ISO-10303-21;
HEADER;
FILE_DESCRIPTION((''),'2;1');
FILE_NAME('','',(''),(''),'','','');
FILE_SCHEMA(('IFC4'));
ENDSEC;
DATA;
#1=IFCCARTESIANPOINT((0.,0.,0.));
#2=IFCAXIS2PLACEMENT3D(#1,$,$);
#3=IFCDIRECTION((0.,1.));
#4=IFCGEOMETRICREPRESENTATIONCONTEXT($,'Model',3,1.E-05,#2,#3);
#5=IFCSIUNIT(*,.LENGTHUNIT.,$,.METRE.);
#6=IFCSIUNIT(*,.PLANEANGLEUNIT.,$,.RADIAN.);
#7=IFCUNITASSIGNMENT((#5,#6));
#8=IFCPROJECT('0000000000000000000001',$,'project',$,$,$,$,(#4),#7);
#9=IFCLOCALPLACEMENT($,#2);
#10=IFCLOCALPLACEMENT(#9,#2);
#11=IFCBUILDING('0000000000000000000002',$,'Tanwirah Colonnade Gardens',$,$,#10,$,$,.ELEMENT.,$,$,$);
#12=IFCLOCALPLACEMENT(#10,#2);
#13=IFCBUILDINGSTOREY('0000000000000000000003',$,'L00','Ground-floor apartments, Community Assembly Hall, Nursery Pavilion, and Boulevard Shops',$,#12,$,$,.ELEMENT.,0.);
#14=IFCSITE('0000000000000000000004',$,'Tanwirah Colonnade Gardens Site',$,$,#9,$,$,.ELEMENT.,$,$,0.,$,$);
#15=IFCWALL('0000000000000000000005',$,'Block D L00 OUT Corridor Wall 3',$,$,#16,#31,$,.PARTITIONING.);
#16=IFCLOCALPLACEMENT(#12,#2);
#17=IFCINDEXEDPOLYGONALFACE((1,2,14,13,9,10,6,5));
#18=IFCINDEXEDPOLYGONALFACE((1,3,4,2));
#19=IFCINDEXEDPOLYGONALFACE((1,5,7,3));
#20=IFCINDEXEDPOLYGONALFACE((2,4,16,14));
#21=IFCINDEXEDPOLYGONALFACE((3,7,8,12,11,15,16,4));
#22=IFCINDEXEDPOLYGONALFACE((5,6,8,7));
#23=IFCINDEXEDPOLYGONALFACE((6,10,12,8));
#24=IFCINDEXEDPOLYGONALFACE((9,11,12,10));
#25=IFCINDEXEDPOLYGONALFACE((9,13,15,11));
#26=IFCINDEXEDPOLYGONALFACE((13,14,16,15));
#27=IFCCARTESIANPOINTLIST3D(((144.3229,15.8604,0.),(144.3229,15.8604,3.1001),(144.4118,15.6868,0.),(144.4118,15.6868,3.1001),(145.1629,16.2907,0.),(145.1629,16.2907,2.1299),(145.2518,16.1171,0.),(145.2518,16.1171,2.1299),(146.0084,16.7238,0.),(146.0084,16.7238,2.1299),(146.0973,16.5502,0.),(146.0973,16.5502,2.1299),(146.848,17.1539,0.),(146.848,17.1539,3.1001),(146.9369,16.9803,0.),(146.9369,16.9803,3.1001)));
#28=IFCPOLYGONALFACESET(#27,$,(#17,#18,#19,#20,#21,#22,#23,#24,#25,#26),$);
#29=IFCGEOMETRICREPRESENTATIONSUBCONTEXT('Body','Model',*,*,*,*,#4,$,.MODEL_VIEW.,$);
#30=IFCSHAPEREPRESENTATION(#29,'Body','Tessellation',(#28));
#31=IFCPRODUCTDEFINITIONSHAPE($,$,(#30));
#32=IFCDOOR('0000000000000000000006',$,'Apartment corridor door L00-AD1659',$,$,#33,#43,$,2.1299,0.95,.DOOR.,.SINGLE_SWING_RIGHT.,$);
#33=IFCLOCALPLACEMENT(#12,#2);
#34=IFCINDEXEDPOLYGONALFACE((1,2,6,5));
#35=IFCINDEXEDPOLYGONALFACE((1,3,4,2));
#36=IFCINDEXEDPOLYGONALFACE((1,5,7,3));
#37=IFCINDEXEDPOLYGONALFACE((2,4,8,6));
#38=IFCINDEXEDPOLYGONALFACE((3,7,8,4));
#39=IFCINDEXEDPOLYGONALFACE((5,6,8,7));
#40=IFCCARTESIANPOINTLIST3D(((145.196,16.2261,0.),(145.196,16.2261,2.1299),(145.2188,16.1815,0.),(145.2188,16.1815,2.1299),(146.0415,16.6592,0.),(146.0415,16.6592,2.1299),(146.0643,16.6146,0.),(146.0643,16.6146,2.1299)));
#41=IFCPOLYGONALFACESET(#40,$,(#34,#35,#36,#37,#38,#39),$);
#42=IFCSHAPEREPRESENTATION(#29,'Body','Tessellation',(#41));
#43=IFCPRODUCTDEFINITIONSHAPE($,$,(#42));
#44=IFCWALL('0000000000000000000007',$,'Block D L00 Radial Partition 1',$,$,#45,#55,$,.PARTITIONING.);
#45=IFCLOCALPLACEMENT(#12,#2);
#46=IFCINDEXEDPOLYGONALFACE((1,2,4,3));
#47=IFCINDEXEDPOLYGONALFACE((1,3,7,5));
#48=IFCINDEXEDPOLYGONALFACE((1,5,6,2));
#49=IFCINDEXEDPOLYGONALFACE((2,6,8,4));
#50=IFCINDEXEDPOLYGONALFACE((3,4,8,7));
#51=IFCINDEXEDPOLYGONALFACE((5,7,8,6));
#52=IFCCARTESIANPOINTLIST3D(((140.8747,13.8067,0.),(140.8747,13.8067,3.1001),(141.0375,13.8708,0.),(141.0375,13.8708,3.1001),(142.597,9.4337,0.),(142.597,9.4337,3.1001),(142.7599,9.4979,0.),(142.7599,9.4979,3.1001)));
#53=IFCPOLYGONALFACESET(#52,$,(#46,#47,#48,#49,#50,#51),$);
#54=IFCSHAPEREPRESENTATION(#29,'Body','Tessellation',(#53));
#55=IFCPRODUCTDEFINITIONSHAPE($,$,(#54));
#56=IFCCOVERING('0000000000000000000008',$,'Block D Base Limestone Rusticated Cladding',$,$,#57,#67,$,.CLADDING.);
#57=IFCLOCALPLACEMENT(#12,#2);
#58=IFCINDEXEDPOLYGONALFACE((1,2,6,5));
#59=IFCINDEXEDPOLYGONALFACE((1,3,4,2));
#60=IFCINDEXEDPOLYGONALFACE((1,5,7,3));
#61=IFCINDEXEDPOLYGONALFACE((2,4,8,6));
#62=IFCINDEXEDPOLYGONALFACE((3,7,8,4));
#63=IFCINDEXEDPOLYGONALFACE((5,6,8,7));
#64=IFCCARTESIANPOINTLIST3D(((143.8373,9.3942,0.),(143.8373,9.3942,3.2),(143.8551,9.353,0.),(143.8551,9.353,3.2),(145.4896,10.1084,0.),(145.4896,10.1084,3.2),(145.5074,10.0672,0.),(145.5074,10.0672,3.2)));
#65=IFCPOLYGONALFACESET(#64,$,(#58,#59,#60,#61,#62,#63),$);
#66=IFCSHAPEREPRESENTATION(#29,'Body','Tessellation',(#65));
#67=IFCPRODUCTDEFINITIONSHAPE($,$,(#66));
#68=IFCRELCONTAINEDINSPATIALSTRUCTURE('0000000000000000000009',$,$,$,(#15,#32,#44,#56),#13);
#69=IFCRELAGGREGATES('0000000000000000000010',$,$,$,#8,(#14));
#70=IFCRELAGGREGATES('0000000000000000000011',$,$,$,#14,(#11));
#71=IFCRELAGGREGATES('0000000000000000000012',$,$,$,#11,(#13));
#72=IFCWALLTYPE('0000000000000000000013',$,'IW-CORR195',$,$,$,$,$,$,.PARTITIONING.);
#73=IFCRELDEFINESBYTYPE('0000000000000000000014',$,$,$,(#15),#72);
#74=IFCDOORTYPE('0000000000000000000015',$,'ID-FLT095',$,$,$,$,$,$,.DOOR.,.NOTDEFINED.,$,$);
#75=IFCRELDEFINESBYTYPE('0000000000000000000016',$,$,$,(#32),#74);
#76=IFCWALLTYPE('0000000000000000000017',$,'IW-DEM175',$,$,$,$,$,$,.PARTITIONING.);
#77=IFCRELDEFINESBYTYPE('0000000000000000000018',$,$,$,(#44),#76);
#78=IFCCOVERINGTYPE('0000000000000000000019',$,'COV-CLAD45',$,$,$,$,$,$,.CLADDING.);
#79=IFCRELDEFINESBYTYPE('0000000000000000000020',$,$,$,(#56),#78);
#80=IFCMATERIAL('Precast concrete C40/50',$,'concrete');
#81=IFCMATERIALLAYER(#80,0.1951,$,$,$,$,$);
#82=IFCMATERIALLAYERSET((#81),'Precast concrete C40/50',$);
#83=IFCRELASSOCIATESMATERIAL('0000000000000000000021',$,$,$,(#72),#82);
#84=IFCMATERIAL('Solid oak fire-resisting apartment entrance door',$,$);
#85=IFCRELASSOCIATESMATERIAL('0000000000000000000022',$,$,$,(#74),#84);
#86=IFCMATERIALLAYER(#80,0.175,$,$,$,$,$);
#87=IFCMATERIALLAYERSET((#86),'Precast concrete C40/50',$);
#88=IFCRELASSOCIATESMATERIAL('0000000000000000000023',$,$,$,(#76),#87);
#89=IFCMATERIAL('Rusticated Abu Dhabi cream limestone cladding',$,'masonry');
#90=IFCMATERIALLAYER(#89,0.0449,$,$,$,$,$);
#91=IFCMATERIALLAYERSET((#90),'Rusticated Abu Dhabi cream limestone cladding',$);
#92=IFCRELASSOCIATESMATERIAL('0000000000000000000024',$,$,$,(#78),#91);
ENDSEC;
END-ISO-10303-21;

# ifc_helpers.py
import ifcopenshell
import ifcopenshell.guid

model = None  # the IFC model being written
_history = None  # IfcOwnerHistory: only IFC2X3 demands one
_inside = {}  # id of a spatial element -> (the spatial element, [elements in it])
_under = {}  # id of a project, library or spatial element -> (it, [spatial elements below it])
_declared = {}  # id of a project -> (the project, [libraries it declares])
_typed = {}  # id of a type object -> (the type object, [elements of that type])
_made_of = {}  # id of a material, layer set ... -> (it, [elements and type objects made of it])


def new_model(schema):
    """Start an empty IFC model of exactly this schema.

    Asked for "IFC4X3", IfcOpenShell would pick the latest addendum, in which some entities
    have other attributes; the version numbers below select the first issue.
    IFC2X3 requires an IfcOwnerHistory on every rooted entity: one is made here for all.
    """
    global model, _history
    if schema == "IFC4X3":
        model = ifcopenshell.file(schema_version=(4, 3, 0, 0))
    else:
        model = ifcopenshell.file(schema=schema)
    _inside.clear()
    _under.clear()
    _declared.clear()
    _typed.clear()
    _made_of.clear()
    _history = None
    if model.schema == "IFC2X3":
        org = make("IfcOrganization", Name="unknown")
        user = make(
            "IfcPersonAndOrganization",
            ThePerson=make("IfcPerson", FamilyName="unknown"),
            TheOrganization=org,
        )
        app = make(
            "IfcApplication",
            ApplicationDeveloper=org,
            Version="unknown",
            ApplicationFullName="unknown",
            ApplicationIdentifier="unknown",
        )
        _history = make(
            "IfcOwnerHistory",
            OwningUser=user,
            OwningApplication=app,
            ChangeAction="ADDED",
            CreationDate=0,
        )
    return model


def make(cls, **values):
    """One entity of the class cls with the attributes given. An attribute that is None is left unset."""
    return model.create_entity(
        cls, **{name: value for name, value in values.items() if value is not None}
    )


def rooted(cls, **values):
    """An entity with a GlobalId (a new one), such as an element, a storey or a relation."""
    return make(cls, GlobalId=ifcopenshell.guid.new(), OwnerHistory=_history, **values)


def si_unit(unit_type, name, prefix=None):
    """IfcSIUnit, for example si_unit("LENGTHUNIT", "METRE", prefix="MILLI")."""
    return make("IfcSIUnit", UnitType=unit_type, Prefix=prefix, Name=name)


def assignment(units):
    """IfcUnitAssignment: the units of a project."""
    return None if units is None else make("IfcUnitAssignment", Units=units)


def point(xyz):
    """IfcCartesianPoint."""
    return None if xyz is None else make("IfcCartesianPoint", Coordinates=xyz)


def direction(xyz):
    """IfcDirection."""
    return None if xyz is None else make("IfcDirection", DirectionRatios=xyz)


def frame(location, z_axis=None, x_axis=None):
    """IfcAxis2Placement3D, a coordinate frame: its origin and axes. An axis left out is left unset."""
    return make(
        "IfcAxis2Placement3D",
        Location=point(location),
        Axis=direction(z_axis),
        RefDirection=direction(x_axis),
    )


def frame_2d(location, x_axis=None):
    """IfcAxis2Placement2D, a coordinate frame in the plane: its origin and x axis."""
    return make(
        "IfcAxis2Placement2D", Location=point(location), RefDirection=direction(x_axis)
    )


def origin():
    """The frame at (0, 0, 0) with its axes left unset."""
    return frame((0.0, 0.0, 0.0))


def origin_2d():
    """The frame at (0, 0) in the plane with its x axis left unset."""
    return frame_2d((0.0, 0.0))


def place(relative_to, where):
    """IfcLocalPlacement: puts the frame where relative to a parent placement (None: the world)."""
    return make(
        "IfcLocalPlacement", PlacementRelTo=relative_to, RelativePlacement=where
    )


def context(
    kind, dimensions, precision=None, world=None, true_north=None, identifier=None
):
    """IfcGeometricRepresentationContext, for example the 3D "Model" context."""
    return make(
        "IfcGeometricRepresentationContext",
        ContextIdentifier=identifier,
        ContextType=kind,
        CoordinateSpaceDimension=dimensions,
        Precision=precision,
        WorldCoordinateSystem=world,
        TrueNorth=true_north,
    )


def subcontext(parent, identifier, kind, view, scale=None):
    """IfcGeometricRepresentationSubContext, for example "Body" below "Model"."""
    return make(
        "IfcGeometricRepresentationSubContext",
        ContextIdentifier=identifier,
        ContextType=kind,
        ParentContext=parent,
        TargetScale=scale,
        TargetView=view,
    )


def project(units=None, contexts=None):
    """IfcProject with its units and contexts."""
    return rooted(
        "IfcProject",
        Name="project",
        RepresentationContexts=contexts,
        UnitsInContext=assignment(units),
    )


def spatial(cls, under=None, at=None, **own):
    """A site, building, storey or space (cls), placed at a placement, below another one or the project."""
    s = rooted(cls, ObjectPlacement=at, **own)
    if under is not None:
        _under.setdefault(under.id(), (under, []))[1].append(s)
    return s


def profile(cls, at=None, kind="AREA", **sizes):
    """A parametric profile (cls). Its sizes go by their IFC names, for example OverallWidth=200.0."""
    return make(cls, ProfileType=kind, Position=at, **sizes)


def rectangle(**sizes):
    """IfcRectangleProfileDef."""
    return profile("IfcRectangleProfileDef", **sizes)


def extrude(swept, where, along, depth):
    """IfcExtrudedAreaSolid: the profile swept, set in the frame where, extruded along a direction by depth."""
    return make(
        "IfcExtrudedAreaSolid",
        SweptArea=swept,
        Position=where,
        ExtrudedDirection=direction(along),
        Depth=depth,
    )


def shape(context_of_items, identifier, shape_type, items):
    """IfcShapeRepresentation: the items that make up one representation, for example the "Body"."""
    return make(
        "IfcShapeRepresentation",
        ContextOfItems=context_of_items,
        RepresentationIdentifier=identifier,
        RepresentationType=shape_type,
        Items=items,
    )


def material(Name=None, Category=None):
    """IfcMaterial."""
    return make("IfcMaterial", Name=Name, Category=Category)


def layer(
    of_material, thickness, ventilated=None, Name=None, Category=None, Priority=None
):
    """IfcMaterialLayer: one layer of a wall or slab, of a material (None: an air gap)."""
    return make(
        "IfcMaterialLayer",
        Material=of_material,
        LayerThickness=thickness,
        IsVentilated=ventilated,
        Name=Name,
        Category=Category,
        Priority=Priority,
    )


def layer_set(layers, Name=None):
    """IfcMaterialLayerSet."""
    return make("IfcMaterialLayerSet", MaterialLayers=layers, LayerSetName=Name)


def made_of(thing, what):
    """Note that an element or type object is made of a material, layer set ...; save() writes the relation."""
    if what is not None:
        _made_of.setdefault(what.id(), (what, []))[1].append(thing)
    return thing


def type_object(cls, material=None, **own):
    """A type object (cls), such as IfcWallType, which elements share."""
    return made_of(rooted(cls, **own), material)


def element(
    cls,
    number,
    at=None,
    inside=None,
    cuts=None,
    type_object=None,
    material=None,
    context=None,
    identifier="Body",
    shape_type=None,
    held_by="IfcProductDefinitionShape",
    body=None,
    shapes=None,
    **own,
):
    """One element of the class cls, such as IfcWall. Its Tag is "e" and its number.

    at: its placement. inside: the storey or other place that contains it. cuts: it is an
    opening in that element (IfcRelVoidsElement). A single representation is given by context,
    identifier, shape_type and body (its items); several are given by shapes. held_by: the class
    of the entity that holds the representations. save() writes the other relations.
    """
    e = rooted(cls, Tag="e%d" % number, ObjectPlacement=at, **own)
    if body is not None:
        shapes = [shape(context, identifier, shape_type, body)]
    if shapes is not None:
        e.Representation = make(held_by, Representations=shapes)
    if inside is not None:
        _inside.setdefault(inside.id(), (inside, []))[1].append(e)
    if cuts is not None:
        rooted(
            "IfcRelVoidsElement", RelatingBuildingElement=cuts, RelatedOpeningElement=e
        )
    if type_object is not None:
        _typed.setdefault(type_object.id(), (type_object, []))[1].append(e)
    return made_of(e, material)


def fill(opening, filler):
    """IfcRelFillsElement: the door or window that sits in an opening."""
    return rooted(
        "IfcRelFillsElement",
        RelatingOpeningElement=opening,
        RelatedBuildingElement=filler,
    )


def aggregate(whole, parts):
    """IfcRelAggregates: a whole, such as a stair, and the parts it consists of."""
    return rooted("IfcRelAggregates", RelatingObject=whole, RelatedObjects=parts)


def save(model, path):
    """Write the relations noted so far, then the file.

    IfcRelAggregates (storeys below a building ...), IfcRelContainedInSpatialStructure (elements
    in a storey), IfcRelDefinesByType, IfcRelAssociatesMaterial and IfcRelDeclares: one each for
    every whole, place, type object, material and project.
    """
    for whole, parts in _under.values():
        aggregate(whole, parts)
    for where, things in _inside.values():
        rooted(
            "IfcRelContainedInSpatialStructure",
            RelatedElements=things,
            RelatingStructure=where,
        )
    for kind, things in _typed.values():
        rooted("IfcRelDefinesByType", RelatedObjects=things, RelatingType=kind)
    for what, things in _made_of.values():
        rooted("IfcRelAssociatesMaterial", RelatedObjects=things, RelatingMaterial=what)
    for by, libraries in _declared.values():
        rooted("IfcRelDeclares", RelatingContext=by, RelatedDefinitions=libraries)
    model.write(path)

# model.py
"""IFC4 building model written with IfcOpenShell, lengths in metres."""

from ifc_helpers import new_model, si_unit, direction, frame, frame_2d, origin, origin_2d, place, context, subcontext, project, spatial, rectangle, extrude, material, layer, layer_set, type_object, element, fill, save


model = new_model("IFC4")

# Units and contexts
model_context = context("Model", 3, precision=1e-05, world=origin(), true_north=direction((0.0, 1.0)))
body_context = subcontext(model_context, "Body", "Model", "MODEL_VIEW")
ifc_project = project(units=[si_unit("LENGTHUNIT", "METRE"), si_unit("PLANEANGLEUNIT", "RADIAN")], contexts=[model_context])

# Site, building, storey
site_placement = place(None, origin())
site = spatial("IfcSite", under=ifc_project, at=site_placement, Name="Tanwirah Colonnade Gardens Site", CompositionType="ELEMENT", RefElevation=0.0)
building_placement = place(site_placement, origin())
building = spatial("IfcBuilding", under=site, at=building_placement, Name="Tanwirah Colonnade Gardens", CompositionType="ELEMENT")
storey_placement = place(building_placement, origin())
storey = spatial("IfcBuildingStorey", under=building, at=storey_placement, Name="L00", Description="Ground-floor apartments, Community Assembly Hall, Nursery Pavilion, and Boulevard Shops", CompositionType="ELEMENT", Elevation=0.0)

# Shared definitions
ifc_material_1 = material(Name="Precast concrete C40/50", Category="concrete")

# Wall, opening, door
ifc_layer_1 = layer(ifc_material_1, 0.1951)
ifc_layer_set_1 = layer_set([ifc_layer_1], Name="Precast concrete C40/50")
wall_type_1 = type_object("IfcWallType", Name="IW-CORR195", PredefinedType="PARTITIONING", material=ifc_layer_set_1)
ifc_material_2 = material(Name="Solid oak fire-resisting apartment entrance door")
wall_1_placement = place(storey_placement, frame((144.3674, 15.7737, 0.0), z_axis=(0.0, 0.0, 1.0), x_axis=(0.890031, 0.455901, 0.0)))
wall_1 = element("IfcWall", 1, at=wall_1_placement, inside=storey, type_object=wall_type_1, Name="Block D L00 OUT Corridor Wall 3", PredefinedType="PARTITIONING", context=body_context, shape_type="SweptSolid", body=[
    extrude(rectangle(XDim=2.8372, YDim=0.1951, at=frame_2d((1.4185, 0.0))), origin(), (0.0, 0.0, 1.0), 3.1001),
])
opening_1_placement = place(wall_1_placement, frame((0.9436, 0.0, 0.0)))
opening_1 = element("IfcOpeningElement", 2, at=opening_1_placement, cuts=wall_1, PredefinedType="OPENING", context=body_context, shape_type="SweptSolid", body=[
    extrude(rectangle(XDim=0.95, YDim=2.1299, at=frame_2d((0.4751, 1.0649))), frame((0.0, 0.1074, 0.0), z_axis=(0.0, -1.0, 0.0), x_axis=(1.0, 0.0, 0.0)), (0.0, 0.0, 1.0), 0.2151),
])
door_type_1 = type_object("IfcDoorType", Name="ID-FLT095", OperationType="NOTDEFINED", PredefinedType="DOOR", material=ifc_material_2)
door_1_placement = place(opening_1_placement, origin())
door_1 = element("IfcDoor", 3, at=door_1_placement, inside=storey, type_object=door_type_1, Name="Apartment corridor door L00-AD1659", OperationType="SINGLE_SWING_RIGHT", OverallHeight=2.1299, OverallWidth=0.95, PredefinedType="DOOR", context=body_context, shape_type="SweptSolid", body=[
    extrude(rectangle(XDim=0.95, YDim=2.1299, at=frame_2d((0.4751, 1.0649))), frame((0.0, 0.0249, 0.0), z_axis=(0.0, -1.0, 0.0), x_axis=(1.0, 0.0, 0.0)), (0.0, 0.0, 1.0), 0.05),
])
fill(opening_1, door_1)

# Wall
ifc_layer_2 = layer(ifc_material_1, 0.175)
ifc_layer_set_2 = layer_set([ifc_layer_2], Name="Precast concrete C40/50")
wall_type_2 = type_object("IfcWallType", Name="IW-DEM175", PredefinedType="PARTITIONING", material=ifc_layer_set_2)
wall_2_placement = place(storey_placement, frame((140.9561, 13.8389, 0.0), z_axis=(0.0, 0.0, 1.0), x_axis=(0.366469, -0.93043, 0.0)))
element("IfcWall", 4, at=wall_2_placement, inside=storey, type_object=wall_type_2, Name="Block D L00 Radial Partition 1", PredefinedType="PARTITIONING", context=body_context, shape_type="SweptSolid", body=[
    extrude(rectangle(XDim=4.7, YDim=0.175, at=frame_2d((2.3501, 0.0))), origin(), (0.0, 0.0, 1.0), 3.1001),
])

# Covering
ifc_material_3 = material(Name="Rusticated Abu Dhabi cream limestone cladding", Category="masonry")
ifc_layer_3 = layer(ifc_material_3, 0.0449)
ifc_layer_set_3 = layer_set([ifc_layer_3], Name="Rusticated Abu Dhabi cream limestone cladding")
covering_type = type_object("IfcCoveringType", Name="COV-CLAD45", PredefinedType="CLADDING", material=ifc_layer_set_3)
covering_placement = place(storey_placement, frame((144.6724, 9.7307, 0.0), z_axis=(0.0, 0.0, 1.0), x_axis=(0.917928, 0.396747, 0.0)))
element("IfcCovering", 5, at=covering_placement, inside=storey, type_object=covering_type, Name="Block D Base Limestone Rusticated Cladding", PredefinedType="CLADDING", context=body_context, shape_type="SweptSolid", body=[
    extrude(rectangle(XDim=1.8, YDim=0.0449, at=origin_2d()), origin(), (0.0, 0.0, 1.0), 3.2),
])

save(model, "model.ifc")
